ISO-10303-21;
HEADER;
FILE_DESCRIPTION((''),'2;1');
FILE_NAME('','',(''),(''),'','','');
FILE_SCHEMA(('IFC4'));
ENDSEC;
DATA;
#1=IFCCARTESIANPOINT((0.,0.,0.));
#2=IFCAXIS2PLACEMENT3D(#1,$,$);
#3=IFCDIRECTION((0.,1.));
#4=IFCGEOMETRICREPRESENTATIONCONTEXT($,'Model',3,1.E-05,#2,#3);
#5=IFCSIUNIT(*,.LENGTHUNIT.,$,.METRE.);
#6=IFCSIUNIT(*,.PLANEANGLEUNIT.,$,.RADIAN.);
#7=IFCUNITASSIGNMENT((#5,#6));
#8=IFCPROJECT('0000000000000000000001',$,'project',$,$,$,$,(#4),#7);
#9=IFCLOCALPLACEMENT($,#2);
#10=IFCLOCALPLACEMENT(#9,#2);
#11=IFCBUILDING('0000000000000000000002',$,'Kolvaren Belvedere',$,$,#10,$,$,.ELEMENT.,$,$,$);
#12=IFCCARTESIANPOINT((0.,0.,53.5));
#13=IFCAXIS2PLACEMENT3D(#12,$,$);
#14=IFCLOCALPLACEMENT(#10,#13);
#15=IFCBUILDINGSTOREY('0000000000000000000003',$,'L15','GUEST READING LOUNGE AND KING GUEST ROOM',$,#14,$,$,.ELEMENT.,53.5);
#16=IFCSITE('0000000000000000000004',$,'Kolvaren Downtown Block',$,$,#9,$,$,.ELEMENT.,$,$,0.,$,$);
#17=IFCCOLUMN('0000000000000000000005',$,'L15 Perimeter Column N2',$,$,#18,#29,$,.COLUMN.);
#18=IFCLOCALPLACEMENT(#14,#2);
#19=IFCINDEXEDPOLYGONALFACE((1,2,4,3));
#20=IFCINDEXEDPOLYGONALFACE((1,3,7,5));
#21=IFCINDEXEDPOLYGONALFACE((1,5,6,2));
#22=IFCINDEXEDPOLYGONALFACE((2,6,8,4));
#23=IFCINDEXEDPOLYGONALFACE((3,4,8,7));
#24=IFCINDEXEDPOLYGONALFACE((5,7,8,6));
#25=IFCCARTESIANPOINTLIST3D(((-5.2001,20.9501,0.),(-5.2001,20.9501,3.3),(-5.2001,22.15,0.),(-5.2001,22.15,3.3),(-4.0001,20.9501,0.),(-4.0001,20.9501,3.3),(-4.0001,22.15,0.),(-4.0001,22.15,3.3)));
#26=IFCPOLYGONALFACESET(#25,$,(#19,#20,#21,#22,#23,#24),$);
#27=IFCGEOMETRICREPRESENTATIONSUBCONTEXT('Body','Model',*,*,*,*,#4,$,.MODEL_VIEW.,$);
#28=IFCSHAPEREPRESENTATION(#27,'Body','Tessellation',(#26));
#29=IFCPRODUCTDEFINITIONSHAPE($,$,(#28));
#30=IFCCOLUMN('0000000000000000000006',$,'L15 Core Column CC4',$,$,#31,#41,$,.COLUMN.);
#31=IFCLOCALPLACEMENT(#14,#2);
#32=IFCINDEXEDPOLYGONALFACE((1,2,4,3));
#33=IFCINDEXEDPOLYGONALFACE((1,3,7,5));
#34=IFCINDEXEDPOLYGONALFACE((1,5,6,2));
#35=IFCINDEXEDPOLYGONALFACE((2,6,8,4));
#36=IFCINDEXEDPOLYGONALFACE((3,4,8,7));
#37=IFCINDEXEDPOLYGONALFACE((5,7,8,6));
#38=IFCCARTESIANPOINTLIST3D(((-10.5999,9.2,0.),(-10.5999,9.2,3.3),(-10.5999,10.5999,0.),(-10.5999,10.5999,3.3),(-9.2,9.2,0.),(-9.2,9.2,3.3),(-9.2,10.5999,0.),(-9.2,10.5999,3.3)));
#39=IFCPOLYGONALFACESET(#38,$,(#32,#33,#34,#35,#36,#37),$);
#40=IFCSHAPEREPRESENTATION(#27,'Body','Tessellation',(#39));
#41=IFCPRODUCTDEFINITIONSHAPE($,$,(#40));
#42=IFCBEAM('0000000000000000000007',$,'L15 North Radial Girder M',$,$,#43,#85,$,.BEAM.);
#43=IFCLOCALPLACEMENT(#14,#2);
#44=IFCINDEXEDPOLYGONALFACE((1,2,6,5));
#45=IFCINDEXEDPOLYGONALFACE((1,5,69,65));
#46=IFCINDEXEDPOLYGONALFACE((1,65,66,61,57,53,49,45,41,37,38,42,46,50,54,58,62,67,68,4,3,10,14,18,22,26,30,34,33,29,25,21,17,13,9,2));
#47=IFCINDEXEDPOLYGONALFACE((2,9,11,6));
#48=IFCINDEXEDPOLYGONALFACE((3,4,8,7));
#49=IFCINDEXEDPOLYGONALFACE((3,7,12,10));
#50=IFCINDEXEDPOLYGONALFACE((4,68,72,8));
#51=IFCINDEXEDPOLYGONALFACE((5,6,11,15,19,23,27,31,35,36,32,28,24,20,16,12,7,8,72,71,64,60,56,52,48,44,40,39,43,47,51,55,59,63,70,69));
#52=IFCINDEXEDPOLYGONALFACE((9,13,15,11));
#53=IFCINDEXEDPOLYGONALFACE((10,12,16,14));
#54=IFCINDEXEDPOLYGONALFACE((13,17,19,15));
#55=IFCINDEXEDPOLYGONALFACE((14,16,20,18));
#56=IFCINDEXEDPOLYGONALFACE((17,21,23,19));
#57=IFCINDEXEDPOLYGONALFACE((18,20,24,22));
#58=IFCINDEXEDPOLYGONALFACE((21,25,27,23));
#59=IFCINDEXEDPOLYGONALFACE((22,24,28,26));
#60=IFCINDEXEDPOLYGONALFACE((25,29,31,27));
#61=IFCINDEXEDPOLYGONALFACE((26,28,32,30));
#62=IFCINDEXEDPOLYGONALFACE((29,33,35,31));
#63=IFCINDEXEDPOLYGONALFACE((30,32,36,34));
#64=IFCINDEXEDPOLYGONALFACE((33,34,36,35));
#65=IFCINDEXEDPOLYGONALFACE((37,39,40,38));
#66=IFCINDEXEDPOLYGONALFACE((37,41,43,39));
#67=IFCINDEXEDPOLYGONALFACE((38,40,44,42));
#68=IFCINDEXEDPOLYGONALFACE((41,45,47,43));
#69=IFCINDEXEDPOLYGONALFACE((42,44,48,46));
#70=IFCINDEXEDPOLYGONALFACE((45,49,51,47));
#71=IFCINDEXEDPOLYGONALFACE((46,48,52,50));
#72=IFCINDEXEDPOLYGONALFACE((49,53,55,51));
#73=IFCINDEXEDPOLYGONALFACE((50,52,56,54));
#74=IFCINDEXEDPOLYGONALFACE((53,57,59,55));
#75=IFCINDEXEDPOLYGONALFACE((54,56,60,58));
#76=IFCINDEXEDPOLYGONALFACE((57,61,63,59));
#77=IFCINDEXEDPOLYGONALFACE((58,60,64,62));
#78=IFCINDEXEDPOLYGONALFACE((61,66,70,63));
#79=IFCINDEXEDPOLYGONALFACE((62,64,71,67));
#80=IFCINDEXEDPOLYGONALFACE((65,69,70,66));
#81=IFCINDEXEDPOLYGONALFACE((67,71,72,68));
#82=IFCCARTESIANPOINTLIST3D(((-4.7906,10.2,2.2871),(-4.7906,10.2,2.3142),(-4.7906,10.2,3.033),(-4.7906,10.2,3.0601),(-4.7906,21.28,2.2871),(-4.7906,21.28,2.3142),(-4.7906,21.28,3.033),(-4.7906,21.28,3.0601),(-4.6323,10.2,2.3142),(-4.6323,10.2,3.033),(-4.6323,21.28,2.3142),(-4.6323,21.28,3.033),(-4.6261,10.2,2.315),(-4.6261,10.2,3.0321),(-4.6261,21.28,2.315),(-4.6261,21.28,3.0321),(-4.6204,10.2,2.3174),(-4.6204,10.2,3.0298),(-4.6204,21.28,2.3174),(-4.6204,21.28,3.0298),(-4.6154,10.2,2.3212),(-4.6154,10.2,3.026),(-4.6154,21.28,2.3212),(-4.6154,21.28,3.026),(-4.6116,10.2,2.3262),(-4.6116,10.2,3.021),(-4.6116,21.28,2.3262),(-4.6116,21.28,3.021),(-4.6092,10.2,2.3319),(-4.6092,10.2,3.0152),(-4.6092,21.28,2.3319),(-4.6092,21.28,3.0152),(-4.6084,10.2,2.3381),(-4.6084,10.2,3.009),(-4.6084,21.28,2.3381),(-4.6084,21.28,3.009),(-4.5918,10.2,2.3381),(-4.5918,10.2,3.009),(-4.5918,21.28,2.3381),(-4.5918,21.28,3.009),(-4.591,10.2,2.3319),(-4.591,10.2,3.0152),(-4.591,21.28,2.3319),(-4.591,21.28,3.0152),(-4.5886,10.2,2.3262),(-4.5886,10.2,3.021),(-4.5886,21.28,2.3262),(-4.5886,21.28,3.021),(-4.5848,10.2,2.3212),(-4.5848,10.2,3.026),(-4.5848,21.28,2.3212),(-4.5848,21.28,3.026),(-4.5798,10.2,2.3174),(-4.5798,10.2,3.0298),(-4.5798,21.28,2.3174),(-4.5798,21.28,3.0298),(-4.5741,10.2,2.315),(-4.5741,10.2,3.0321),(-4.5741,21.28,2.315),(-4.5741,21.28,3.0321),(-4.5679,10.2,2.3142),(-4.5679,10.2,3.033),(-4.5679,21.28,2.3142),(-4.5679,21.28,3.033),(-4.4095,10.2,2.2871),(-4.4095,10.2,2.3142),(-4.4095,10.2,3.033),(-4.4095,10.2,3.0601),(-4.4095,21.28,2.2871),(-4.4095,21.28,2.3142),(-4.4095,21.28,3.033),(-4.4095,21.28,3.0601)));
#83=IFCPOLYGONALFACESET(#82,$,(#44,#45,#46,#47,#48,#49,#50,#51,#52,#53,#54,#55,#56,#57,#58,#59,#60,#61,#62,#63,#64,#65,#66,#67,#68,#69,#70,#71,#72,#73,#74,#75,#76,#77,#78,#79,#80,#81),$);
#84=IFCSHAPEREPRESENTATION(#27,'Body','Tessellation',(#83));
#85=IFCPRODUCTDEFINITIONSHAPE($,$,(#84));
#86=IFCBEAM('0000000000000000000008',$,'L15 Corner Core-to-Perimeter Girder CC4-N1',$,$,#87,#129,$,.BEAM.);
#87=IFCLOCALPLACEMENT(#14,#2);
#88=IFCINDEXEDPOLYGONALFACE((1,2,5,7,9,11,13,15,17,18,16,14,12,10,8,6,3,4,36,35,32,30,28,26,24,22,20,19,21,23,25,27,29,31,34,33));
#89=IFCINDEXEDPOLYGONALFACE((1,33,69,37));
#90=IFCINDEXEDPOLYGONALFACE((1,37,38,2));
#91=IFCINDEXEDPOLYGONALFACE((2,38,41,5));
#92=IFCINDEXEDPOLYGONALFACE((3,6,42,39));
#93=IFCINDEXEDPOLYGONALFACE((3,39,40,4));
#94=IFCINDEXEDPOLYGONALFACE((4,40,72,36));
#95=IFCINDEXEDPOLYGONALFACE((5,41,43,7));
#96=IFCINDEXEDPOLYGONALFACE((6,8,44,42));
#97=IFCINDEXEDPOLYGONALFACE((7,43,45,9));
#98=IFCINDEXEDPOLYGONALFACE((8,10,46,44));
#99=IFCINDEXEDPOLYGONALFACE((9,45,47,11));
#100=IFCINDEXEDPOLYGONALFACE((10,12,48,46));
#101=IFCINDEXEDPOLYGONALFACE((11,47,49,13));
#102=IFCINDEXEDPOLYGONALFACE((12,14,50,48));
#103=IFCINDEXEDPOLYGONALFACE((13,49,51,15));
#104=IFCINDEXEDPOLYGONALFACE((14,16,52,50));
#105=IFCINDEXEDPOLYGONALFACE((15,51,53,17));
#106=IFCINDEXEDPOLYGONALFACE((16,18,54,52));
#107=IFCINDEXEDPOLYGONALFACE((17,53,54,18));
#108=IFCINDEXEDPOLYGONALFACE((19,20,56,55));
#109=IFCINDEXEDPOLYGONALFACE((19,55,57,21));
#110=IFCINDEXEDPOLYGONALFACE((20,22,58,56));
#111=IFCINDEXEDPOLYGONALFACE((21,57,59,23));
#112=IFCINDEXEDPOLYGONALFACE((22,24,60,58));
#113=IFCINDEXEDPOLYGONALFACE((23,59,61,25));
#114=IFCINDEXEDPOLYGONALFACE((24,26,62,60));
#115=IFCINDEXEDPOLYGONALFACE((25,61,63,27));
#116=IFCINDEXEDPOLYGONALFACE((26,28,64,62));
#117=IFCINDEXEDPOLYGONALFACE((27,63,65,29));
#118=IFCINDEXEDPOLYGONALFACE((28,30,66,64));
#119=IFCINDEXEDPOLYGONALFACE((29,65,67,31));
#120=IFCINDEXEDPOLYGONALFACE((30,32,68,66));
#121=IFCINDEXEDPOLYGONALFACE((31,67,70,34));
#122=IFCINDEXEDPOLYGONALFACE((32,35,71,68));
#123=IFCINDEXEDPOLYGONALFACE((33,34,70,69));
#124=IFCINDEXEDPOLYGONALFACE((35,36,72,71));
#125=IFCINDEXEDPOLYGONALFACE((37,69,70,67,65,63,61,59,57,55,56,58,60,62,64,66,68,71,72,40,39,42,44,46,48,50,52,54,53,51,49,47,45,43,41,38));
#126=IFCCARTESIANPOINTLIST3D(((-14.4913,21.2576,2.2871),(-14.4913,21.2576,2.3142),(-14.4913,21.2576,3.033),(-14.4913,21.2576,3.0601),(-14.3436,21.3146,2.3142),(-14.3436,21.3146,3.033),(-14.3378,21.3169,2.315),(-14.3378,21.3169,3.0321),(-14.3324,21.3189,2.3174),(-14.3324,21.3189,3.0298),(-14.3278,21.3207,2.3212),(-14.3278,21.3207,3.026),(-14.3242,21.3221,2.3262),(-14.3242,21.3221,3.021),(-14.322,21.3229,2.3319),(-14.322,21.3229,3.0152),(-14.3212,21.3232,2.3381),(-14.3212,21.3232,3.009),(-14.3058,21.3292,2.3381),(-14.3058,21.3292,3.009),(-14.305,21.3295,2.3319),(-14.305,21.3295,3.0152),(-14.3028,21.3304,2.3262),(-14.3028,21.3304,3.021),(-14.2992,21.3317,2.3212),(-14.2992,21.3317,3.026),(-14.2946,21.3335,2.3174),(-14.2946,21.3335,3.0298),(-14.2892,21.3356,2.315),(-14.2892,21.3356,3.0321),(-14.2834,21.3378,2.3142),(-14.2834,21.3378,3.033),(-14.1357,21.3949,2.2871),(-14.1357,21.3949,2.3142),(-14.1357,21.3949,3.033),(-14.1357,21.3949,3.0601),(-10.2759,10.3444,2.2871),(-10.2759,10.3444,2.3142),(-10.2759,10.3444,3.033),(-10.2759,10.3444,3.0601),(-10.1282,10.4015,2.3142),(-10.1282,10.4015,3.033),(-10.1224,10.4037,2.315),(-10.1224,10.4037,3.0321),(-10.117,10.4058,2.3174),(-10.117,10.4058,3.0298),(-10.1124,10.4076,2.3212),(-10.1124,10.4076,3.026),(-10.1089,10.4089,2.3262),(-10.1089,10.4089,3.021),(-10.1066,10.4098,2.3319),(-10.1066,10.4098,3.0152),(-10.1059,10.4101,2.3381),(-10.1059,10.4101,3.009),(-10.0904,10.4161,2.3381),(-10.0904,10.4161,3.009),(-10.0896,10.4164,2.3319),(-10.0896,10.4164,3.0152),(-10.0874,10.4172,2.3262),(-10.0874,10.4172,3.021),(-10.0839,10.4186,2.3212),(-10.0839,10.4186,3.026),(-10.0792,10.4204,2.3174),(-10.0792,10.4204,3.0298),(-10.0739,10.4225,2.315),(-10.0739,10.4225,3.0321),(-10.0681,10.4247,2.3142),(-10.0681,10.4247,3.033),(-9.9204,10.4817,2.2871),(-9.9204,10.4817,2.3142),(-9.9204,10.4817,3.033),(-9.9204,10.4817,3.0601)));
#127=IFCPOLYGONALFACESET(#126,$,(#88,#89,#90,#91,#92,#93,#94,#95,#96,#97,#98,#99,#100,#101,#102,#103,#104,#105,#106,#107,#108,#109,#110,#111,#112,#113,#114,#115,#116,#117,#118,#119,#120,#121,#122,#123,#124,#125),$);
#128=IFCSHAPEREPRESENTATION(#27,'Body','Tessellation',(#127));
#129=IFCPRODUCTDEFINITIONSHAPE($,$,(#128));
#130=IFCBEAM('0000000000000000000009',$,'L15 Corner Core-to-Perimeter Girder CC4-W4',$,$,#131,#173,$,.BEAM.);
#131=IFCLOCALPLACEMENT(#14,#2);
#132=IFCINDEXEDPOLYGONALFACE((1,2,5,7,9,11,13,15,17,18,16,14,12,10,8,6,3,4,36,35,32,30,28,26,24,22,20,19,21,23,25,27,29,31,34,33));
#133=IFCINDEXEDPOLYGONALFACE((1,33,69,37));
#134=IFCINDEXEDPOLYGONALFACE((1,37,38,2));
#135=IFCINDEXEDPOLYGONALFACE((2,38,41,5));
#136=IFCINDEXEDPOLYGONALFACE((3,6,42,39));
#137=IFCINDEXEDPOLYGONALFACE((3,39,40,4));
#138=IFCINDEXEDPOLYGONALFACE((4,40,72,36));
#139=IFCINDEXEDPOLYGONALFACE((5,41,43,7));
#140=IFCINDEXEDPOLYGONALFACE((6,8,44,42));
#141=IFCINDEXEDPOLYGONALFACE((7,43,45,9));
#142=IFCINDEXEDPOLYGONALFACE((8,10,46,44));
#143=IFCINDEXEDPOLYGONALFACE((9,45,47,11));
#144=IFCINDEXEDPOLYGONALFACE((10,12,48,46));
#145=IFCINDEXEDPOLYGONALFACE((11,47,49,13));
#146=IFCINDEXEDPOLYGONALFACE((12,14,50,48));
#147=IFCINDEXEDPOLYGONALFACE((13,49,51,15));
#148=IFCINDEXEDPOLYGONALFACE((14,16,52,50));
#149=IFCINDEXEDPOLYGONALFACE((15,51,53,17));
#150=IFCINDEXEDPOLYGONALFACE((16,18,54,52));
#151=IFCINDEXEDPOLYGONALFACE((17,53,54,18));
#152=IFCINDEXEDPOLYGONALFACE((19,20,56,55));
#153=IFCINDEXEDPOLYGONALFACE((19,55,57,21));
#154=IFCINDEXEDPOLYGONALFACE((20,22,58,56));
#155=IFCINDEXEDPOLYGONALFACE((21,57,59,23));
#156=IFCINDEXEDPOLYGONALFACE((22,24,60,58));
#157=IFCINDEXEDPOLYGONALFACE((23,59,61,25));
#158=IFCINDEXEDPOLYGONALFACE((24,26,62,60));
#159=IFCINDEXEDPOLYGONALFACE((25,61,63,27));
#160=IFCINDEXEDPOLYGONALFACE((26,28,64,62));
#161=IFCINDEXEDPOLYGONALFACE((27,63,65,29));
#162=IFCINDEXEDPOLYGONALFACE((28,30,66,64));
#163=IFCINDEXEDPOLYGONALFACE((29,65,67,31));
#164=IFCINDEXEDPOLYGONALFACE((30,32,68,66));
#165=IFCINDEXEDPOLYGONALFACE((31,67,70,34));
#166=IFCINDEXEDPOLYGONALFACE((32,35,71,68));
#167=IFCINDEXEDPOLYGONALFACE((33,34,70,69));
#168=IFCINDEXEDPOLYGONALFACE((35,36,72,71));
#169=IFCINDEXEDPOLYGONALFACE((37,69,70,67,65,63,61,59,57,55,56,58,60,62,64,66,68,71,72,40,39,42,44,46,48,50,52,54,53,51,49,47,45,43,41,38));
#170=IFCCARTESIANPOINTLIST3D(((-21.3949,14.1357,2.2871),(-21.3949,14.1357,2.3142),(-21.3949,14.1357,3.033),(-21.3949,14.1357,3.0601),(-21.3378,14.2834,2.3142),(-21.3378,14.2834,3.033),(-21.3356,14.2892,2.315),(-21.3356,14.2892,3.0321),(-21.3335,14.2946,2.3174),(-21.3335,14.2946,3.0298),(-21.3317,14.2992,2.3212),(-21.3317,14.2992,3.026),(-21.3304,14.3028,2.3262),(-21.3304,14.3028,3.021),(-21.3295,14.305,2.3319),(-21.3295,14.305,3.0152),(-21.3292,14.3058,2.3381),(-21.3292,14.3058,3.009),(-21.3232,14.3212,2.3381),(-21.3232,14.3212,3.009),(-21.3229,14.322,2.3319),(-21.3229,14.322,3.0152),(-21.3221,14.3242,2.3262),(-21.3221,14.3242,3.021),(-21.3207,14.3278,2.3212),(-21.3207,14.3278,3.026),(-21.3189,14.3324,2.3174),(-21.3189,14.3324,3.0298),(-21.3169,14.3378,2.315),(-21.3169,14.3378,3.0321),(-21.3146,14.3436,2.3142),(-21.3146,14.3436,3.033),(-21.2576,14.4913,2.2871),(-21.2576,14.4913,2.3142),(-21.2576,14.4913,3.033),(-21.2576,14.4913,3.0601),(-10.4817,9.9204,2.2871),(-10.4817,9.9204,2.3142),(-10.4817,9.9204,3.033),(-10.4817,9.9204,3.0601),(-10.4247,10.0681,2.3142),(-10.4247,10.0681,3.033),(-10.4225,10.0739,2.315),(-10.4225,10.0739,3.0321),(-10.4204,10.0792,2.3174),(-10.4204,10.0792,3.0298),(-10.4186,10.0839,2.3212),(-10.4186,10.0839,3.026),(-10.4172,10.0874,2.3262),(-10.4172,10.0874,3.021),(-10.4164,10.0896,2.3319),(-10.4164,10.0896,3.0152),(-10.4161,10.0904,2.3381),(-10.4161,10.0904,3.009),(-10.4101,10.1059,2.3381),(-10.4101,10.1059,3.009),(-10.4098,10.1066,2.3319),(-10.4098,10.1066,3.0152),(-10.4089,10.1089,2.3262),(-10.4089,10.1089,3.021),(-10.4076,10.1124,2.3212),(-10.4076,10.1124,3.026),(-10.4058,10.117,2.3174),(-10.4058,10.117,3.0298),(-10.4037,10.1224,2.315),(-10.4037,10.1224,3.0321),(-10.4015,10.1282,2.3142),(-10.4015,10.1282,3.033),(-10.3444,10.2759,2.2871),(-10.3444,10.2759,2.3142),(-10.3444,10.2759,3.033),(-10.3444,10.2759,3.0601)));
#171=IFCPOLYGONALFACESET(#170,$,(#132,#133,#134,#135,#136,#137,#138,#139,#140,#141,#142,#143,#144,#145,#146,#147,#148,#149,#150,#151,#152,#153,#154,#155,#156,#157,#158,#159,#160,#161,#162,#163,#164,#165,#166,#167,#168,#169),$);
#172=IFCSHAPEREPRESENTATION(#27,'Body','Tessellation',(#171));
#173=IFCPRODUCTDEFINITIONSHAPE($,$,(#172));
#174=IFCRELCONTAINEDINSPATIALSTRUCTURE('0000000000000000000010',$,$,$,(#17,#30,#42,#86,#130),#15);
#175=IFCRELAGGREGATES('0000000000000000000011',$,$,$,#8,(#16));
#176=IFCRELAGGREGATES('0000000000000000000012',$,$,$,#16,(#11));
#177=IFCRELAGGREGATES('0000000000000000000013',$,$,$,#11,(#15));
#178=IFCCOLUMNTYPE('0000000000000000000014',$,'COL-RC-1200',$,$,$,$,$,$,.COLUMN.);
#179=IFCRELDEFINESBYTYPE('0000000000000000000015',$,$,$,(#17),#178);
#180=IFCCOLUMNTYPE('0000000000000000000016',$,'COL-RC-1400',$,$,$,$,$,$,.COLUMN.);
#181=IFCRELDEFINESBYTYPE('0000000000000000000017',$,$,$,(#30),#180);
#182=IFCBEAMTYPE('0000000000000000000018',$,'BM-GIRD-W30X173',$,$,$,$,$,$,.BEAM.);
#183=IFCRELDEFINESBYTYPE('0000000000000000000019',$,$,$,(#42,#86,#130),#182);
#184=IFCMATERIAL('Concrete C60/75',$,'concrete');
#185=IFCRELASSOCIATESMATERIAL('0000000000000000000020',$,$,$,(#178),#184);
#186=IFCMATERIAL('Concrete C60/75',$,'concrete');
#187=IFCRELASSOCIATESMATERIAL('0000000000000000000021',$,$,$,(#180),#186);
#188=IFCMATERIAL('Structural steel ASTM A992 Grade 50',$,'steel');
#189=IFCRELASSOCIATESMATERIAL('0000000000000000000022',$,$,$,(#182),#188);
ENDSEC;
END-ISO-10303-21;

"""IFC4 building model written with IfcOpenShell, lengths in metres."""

from ifc_helpers import new_model, si_unit, direction, frame, origin, origin_2d, place, context, subcontext, project, spatial, rectangle, i_section, extrude, material, material_profile, profile_set, type_object, element, save


model = new_model("IFC4")

# Units and contexts
model_context = context("Model", 3, precision=1e-05, world=origin(), true_north=direction((0.0, 1.0)))
body_context = subcontext(model_context, "Body", "Model", "MODEL_VIEW")
ifc_project = project(units=[si_unit("LENGTHUNIT", "METRE"), si_unit("PLANEANGLEUNIT", "RADIAN")], contexts=[model_context])

# Site, building, storey
site_placement = place(None, origin())
site = spatial("IfcSite", under=ifc_project, at=site_placement, Name="Kolvaren Downtown Block", CompositionType="ELEMENT", RefElevation=0.0)
building_placement = place(site_placement, origin())
building = spatial("IfcBuilding", under=site, at=building_placement, Name="Kolvaren Belvedere", CompositionType="ELEMENT")
storey_placement = place(building_placement, frame((0.0, 0.0, 53.5)))
storey = spatial("IfcBuildingStorey", under=building, at=storey_placement, Name="L15", Description="GUEST READING LOUNGE AND KING GUEST ROOM", CompositionType="ELEMENT", Elevation=53.5)

# Columns
ifc_material_1 = material(Name="Concrete C60/75", Category="concrete")
ifc_material_profile_1 = material_profile(ifc_material_1, rectangle(XDim=1.2, YDim=1.2, at=origin_2d()), Name="RC 1200X1200")
ifc_profile_set_1 = profile_set([ifc_material_profile_1], Name="Concrete C60/75")
column_type_1 = type_object("IfcColumnType", Name="COL-RC-1200", PredefinedType="COLUMN", material=ifc_profile_set_1)
column_1_placement = place(storey_placement, frame((-4.6001, 21.55, 0.0), z_axis=(0.0, 0.0, 1.0), x_axis=(1.0, 0.0, 0.0)))
element("IfcColumn", 1, at=column_1_placement, inside=storey, type_object=column_type_1, Name="L15 Perimeter Column N2", PredefinedType="COLUMN", context=body_context, shape_type="SweptSolid", body=[
    extrude(rectangle(XDim=1.2, YDim=1.2, at=origin_2d()), origin(), (0.0, 0.0, 1.0), 3.3),
])
ifc_material_2 = material(Name="Concrete C60/75", Category="concrete")
ifc_material_profile_2 = material_profile(ifc_material_2, rectangle(XDim=1.3999, YDim=1.3999, at=origin_2d()), Name="RC 1400X1400")
ifc_profile_set_2 = profile_set([ifc_material_profile_2], Name="Concrete C60/75")
column_type_2 = type_object("IfcColumnType", Name="COL-RC-1400", PredefinedType="COLUMN", material=ifc_profile_set_2)
column_2_placement = place(storey_placement, frame((-9.8999, 9.8999, 0.0), z_axis=(0.0, 0.0, 1.0), x_axis=(1.0, 0.0, 0.0)))
element("IfcColumn", 2, at=column_2_placement, inside=storey, type_object=column_type_2, Name="L15 Core Column CC4", PredefinedType="COLUMN", context=body_context, shape_type="SweptSolid", body=[
    extrude(rectangle(XDim=1.3999, YDim=1.3999, at=origin_2d()), origin(), (0.0, 0.0, 1.0), 3.3),
])

# Beams
ifc_material_3 = material(Name="Structural steel ASTM A992 Grade 50", Category="steel")
ifc_material_profile_3 = material_profile(ifc_material_3, i_section(OverallWidth=0.3811, OverallDepth=0.7729, WebThickness=0.0166, FlangeThickness=0.0271, FilletRadius=0.0239, at=origin_2d()), Name="W30X173")
ifc_profile_set_3 = profile_set([ifc_material_profile_3], Name="Structural steel ASTM A992 Grade 50")
beam_type_1 = type_object("IfcBeamType", Name="BM-GIRD-W30X173", PredefinedType="BEAM", material=ifc_profile_set_3)
beam_1_placement = place(storey_placement, frame((-4.6001, 10.2, 2.6736), z_axis=(0.0, 1.0, 0.0), x_axis=(-1.0, 0.0, 0.0)))
element("IfcBeam", 3, at=beam_1_placement, inside=storey, type_object=beam_type_1, Name="L15 North Radial Girder M", PredefinedType="BEAM", context=body_context, shape_type="SweptSolid", body=[
    extrude(i_section(OverallWidth=0.3811, OverallDepth=0.7729, WebThickness=0.0166, FlangeThickness=0.0271, FilletRadius=0.0239, at=origin_2d()), origin(), (0.0, 0.0, 1.0), 11.0801),
])
for number, where, z_axis, x_axis, name in (
    (4, (-10.0981, 10.4131, 2.6736), (-0.360318, 0.932829, 0.0), (-0.932829, -0.360318, 0.0), "L15 Corner Core-to-Perimeter Girder CC4-N1"),
    (5, (-10.4131, 10.0981, 2.6736), (-0.932829, 0.360318, 0.0), (-0.360318, -0.932829, 0.0), "L15 Corner Core-to-Perimeter Girder CC4-W4"),
):
    element("IfcBeam", number, at=place(storey_placement, frame(where, z_axis=z_axis, x_axis=x_axis)), inside=storey, type_object=beam_type_1, Name=name, PredefinedType="BEAM", context=body_context, shape_type="SweptSolid", body=[
        extrude(i_section(OverallWidth=0.3811, OverallDepth=0.7729, WebThickness=0.0166, FlangeThickness=0.0271, FilletRadius=0.0239, at=origin_2d()), origin(), (0.0, 0.0, 1.0), 11.699),
    ])

save(model, "model.ifc")
